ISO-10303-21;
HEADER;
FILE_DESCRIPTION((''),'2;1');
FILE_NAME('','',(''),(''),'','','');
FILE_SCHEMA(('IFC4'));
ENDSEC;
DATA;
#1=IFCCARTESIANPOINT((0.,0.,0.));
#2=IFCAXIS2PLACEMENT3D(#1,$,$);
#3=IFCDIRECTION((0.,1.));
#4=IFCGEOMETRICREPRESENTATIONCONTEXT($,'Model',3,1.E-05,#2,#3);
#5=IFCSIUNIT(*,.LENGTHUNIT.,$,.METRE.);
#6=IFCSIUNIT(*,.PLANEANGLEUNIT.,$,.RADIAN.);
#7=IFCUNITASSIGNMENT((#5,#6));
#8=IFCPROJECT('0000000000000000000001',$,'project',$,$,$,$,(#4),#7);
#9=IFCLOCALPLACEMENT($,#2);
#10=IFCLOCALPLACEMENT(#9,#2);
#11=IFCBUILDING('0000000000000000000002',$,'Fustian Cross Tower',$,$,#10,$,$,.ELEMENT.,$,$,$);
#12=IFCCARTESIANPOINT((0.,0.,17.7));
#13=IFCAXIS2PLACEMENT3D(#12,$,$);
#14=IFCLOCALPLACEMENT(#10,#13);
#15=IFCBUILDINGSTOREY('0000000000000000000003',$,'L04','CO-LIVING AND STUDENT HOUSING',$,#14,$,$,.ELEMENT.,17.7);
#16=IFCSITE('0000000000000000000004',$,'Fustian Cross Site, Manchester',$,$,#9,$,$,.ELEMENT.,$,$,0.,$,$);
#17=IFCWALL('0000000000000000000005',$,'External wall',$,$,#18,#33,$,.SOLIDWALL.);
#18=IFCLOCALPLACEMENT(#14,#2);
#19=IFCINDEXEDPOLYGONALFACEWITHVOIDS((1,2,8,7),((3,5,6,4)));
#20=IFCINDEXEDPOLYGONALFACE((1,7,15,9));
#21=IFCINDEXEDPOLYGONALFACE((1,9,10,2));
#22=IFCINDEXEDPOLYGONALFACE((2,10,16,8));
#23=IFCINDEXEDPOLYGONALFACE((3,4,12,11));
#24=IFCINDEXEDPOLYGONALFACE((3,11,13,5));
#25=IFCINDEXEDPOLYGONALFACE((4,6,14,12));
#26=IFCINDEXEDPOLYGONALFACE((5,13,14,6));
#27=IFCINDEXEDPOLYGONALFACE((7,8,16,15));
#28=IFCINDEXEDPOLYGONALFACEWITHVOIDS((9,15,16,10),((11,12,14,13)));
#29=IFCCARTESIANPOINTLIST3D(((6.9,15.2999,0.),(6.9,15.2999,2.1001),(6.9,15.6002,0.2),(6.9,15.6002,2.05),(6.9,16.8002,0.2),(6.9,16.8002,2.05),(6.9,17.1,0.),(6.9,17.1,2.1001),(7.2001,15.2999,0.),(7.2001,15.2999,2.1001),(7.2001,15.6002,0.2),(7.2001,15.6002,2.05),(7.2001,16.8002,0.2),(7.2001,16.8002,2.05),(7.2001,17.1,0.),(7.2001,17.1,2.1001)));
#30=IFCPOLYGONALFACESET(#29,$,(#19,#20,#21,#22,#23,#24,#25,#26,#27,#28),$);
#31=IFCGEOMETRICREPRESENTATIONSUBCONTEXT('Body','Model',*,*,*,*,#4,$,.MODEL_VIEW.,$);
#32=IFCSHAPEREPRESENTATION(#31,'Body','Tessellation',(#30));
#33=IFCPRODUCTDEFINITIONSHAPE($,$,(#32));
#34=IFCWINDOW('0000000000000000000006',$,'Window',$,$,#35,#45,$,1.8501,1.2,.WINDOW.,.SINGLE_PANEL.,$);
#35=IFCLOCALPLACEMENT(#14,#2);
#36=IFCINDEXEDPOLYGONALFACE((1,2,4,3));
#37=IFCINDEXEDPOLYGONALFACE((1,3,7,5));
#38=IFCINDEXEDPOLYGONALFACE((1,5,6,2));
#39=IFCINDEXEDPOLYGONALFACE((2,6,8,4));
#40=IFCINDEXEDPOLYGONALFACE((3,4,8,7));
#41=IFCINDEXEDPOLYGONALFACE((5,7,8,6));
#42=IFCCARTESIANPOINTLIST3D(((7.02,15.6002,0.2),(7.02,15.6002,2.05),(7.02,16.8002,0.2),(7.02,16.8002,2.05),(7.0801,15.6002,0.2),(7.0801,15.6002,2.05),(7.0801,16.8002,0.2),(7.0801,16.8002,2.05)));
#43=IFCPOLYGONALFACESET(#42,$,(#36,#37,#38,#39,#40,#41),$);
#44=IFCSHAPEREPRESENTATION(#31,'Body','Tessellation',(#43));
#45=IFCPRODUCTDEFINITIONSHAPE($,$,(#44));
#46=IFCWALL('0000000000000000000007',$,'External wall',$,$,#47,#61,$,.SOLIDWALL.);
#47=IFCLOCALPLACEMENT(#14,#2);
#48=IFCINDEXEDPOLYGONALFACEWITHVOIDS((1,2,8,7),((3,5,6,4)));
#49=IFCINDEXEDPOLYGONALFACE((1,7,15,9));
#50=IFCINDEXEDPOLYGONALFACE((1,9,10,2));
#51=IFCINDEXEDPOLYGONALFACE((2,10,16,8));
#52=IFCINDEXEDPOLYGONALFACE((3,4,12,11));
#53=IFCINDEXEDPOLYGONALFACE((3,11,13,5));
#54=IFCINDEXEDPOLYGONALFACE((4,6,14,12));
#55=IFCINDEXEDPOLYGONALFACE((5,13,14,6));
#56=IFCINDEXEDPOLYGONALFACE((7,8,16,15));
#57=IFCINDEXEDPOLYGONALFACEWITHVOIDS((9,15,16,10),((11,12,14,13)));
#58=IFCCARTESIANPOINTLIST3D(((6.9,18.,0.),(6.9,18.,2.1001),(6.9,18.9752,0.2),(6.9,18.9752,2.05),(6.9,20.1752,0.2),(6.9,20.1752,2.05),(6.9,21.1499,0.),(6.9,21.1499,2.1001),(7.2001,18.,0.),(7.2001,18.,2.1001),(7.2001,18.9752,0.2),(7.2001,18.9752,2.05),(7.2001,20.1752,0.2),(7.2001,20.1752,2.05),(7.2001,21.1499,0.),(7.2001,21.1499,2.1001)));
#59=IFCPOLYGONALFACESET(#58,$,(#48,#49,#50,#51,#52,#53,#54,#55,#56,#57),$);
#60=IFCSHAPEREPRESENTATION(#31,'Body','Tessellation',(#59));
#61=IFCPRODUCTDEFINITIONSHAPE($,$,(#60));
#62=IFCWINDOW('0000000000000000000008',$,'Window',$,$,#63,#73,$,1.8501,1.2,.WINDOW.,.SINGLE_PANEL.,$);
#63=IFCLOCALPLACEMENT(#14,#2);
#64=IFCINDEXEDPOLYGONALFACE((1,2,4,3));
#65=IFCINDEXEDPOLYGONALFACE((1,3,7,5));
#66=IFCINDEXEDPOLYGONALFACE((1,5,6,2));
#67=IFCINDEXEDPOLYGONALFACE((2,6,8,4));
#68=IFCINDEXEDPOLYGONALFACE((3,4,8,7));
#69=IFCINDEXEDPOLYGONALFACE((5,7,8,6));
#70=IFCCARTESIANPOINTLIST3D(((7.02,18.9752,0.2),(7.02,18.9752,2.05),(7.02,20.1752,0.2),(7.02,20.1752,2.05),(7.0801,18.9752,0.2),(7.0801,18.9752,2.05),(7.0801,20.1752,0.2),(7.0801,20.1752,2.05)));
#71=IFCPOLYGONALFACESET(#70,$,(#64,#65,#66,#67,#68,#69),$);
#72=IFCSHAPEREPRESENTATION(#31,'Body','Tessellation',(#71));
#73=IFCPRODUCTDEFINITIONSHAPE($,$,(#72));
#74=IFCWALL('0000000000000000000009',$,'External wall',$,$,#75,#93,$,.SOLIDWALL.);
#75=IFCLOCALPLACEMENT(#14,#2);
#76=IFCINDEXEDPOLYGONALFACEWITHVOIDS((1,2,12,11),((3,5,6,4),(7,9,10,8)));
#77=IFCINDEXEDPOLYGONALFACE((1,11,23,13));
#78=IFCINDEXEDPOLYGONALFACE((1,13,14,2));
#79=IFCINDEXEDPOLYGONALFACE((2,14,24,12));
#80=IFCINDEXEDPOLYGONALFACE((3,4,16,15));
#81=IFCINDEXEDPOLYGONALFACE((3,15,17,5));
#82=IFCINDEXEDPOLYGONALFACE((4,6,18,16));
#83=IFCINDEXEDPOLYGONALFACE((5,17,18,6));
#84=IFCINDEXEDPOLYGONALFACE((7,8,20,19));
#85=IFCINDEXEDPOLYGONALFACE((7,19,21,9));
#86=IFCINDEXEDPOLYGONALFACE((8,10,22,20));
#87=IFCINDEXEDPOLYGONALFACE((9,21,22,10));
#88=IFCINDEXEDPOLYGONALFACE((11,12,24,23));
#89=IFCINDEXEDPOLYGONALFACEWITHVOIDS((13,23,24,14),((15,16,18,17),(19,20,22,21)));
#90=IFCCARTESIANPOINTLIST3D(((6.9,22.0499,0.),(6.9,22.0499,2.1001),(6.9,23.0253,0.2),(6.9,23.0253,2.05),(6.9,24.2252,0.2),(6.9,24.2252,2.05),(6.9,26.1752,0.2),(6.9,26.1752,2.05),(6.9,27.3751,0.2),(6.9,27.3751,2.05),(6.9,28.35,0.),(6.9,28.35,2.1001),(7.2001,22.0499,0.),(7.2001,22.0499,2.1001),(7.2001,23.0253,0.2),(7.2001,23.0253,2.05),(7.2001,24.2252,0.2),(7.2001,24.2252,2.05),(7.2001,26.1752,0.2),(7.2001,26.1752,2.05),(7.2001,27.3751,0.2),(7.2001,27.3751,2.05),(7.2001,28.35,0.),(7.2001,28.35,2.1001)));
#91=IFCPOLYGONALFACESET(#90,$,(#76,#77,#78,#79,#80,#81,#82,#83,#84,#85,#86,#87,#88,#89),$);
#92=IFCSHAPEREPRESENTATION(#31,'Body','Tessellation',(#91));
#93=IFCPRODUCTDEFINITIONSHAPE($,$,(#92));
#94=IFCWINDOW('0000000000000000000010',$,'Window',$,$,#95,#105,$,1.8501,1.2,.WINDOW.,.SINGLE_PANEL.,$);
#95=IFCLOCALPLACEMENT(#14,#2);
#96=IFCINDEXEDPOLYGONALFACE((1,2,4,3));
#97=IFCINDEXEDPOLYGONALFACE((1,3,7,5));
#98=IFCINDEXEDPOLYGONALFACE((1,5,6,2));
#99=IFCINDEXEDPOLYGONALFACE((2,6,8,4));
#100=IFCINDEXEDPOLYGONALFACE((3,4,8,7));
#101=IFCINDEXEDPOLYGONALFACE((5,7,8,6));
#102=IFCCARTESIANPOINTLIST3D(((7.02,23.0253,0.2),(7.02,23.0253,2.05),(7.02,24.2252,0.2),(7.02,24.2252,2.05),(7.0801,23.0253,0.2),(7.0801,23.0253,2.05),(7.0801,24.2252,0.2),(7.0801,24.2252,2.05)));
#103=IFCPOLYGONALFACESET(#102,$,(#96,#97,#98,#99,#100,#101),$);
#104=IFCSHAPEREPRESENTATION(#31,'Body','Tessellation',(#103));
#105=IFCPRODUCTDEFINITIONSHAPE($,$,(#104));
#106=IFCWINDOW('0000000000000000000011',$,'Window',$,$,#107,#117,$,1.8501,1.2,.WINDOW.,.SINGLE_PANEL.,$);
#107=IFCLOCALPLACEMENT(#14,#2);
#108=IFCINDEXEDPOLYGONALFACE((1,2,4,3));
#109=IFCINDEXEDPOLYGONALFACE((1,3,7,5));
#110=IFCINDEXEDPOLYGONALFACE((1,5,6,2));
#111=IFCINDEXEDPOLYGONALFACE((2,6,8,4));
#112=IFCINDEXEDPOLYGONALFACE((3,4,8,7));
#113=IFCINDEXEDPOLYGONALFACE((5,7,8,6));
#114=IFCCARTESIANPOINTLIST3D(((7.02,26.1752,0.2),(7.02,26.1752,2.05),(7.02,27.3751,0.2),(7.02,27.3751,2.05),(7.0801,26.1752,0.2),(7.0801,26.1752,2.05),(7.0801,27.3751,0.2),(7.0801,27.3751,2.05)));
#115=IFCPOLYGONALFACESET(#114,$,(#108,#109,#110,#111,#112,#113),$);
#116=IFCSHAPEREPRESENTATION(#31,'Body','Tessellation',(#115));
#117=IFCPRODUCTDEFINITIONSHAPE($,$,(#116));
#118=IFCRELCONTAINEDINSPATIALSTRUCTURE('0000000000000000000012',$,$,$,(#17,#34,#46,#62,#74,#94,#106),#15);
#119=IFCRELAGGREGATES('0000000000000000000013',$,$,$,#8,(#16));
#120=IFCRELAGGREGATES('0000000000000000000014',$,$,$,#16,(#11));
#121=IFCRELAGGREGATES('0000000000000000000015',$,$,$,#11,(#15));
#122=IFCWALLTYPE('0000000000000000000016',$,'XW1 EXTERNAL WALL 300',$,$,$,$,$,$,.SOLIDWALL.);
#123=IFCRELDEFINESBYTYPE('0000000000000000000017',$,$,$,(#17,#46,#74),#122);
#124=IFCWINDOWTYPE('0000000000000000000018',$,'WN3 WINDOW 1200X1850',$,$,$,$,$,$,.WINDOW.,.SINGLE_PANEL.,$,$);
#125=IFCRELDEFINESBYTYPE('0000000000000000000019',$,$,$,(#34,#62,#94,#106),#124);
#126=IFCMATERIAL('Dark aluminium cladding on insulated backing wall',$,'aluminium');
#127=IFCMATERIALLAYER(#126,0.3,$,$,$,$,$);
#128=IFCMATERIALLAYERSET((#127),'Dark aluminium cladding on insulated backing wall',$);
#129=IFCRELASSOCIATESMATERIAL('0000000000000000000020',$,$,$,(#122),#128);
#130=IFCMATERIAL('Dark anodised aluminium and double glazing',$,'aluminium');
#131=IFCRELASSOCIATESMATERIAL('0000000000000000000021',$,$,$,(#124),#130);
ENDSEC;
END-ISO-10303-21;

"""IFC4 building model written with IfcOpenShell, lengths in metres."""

from ifc_helpers import new_model, si_unit, direction, frame, frame_2d, origin, place, context, subcontext, project, spatial, rectangle, extrude, material, layer, layer_set, type_object, element, fill, save


model = new_model("IFC4")

# Units and contexts
model_context = context("Model", 3, precision=1e-05, world=origin(), true_north=direction((0.0, 1.0)))
body_context = subcontext(model_context, "Body", "Model", "MODEL_VIEW")
ifc_project = project(units=[si_unit("LENGTHUNIT", "METRE"), si_unit("PLANEANGLEUNIT", "RADIAN")], contexts=[model_context])

# Site, building, storey
site_placement = place(None, origin())
site = spatial("IfcSite", under=ifc_project, at=site_placement, Name="Fustian Cross Site, Manchester", CompositionType="ELEMENT", RefElevation=0.0)
building_placement = place(site_placement, origin())
building = spatial("IfcBuilding", under=site, at=building_placement, Name="Fustian Cross Tower", CompositionType="ELEMENT")
storey_placement = place(building_placement, frame((0.0, 0.0, 17.7)))
storey = spatial("IfcBuildingStorey", under=building, at=storey_placement, Name="L04", Description="CO-LIVING AND STUDENT HOUSING", CompositionType="ELEMENT", Elevation=17.7)

# Walls, openings, windows
ifc_material_1 = material(Name="Dark aluminium cladding on insulated backing wall", Category="aluminium")
ifc_layer_1 = layer(ifc_material_1, 0.3)
ifc_layer_set_1 = layer_set([ifc_layer_1], Name="Dark aluminium cladding on insulated backing wall")
wall_type_1 = type_object("IfcWallType", Name="XW1 EXTERNAL WALL 300", PredefinedType="SOLIDWALL", material=ifc_layer_set_1)
wall_1_placement = place(storey_placement, frame((7.05, 15.3, 0.0), z_axis=(0.0, 0.0, 1.0), x_axis=(0.0, 1.0, 0.0)))
wall_1 = element("IfcWall", 1, at=wall_1_placement, inside=storey, type_object=wall_type_1, Name="External wall", PredefinedType="SOLIDWALL", context=body_context, shape_type="SweptSolid", body=[
    extrude(rectangle(XDim=1.8, YDim=0.3, at=frame_2d((0.8999, 0.0))), origin(), (0.0, 0.0, 1.0), 2.1001),
])
opening_1_placement = place(wall_1_placement, frame((0.3, 0.0, 0.2)))
opening_1 = element("IfcOpeningElement", 2, at=opening_1_placement, cuts=wall_1, PredefinedType="OPENING", context=body_context, shape_type="SweptSolid", body=[
    extrude(rectangle(XDim=1.2, YDim=1.8501, at=frame_2d((0.6001, 0.925))), frame((0.0, 0.1599, 0.0), z_axis=(0.0, -1.0, 0.0), x_axis=(1.0, 0.0, 0.0)), (0.0, 0.0, 1.0), 0.3201),
])
ifc_material_2 = material(Name="Dark anodised aluminium and double glazing", Category="aluminium")
window_type = type_object("IfcWindowType", Name="WN3 WINDOW 1200X1850", PartitioningType="SINGLE_PANEL", PredefinedType="WINDOW", material=ifc_material_2)
window_1_placement = place(opening_1_placement, origin())
window_1 = element("IfcWindow", 3, at=window_1_placement, inside=storey, type_object=window_type, Name="Window", OverallHeight=1.8501, OverallWidth=1.2, PartitioningType="SINGLE_PANEL", PredefinedType="WINDOW", context=body_context, shape_type="SweptSolid", body=[
    extrude(rectangle(XDim=1.2, YDim=1.8501, at=frame_2d((0.6001, 0.925))), frame((0.0, 0.03, 0.0), z_axis=(0.0, -1.0, 0.0), x_axis=(1.0, 0.0, 0.0)), (0.0, 0.0, 1.0), 0.0601),
])
fill(opening_1, window_1)
wall_2_placement = place(storey_placement, frame((7.05, 18.0, 0.0), z_axis=(0.0, 0.0, 1.0), x_axis=(0.0, 1.0, 0.0)))
wall_2 = element("IfcWall", 4, at=wall_2_placement, inside=storey, type_object=wall_type_1, Name="External wall", PredefinedType="SOLIDWALL", context=body_context, shape_type="SweptSolid", body=[
    extrude(rectangle(XDim=3.1499, YDim=0.3, at=frame_2d((1.575, 0.0))), origin(), (0.0, 0.0, 1.0), 2.1001),
])
opening_2_placement = place(wall_2_placement, frame((0.9751, 0.0, 0.2)))
opening_2 = element("IfcOpeningElement", 5, at=opening_2_placement, cuts=wall_2, PredefinedType="OPENING", context=body_context, shape_type="SweptSolid", body=[
    extrude(rectangle(XDim=1.2, YDim=1.8501, at=frame_2d((0.6001, 0.925))), frame((0.0, 0.1599, 0.0), z_axis=(0.0, -1.0, 0.0), x_axis=(1.0, 0.0, 0.0)), (0.0, 0.0, 1.0), 0.3201),
])
window_2_placement = place(opening_2_placement, origin())
window_2 = element("IfcWindow", 6, at=window_2_placement, inside=storey, type_object=window_type, Name="Window", OverallHeight=1.8501, OverallWidth=1.2, PartitioningType="SINGLE_PANEL", PredefinedType="WINDOW", context=body_context, shape_type="SweptSolid", body=[
    extrude(rectangle(XDim=1.2, YDim=1.8501, at=frame_2d((0.6001, 0.925))), frame((0.0, 0.03, 0.0), z_axis=(0.0, -1.0, 0.0), x_axis=(1.0, 0.0, 0.0)), (0.0, 0.0, 1.0), 0.0601),
])
fill(opening_2, window_2)

# Wall, openings, windows
wall_3_placement = place(storey_placement, frame((7.05, 22.05, 0.0), z_axis=(0.0, 0.0, 1.0), x_axis=(0.0, 1.0, 0.0)))
wall_3 = element("IfcWall", 7, at=wall_3_placement, inside=storey, type_object=wall_type_1, Name="External wall", PredefinedType="SOLIDWALL", context=body_context, shape_type="SweptSolid", body=[
    extrude(rectangle(XDim=6.3, YDim=0.3, at=frame_2d((3.1499, 0.0))), origin(), (0.0, 0.0, 1.0), 2.1001),
])
opening_3_placement = place(wall_3_placement, frame((0.9751, 0.0, 0.2)))
opening_3 = element("IfcOpeningElement", 8, at=opening_3_placement, cuts=wall_3, PredefinedType="OPENING", context=body_context, shape_type="SweptSolid", body=[
    extrude(rectangle(XDim=1.2, YDim=1.8501, at=frame_2d((0.6001, 0.925))), frame((0.0, 0.1599, 0.0), z_axis=(0.0, -1.0, 0.0), x_axis=(1.0, 0.0, 0.0)), (0.0, 0.0, 1.0), 0.3201),
])
opening_4_placement = place(wall_3_placement, frame((4.125, 0.0, 0.2)))
opening_4 = element("IfcOpeningElement", 9, at=opening_4_placement, cuts=wall_3, PredefinedType="OPENING", context=body_context, shape_type="SweptSolid", body=[
    extrude(rectangle(XDim=1.2, YDim=1.8501, at=frame_2d((0.6001, 0.925))), frame((0.0, 0.1599, 0.0), z_axis=(0.0, -1.0, 0.0), x_axis=(1.0, 0.0, 0.0)), (0.0, 0.0, 1.0), 0.3201),
])
window_3_placement = place(opening_3_placement, origin())
window_3 = element("IfcWindow", 10, at=window_3_placement, inside=storey, type_object=window_type, Name="Window", OverallHeight=1.8501, OverallWidth=1.2, PartitioningType="SINGLE_PANEL", PredefinedType="WINDOW", context=body_context, shape_type="SweptSolid", body=[
    extrude(rectangle(XDim=1.2, YDim=1.8501, at=frame_2d((0.6001, 0.925))), frame((0.0, 0.03, 0.0), z_axis=(0.0, -1.0, 0.0), x_axis=(1.0, 0.0, 0.0)), (0.0, 0.0, 1.0), 0.0601),
])
fill(opening_3, window_3)
window_4_placement = place(opening_4_placement, origin())
window_4 = element("IfcWindow", 11, at=window_4_placement, inside=storey, type_object=window_type, Name="Window", OverallHeight=1.8501, OverallWidth=1.2, PartitioningType="SINGLE_PANEL", PredefinedType="WINDOW", context=body_context, shape_type="SweptSolid", body=[
    extrude(rectangle(XDim=1.2, YDim=1.8501, at=frame_2d((0.6001, 0.925))), frame((0.0, 0.03, 0.0), z_axis=(0.0, -1.0, 0.0), x_axis=(1.0, 0.0, 0.0)), (0.0, 0.0, 1.0), 0.0601),
])
fill(opening_4, window_4)

save(model, "model.ifc")
